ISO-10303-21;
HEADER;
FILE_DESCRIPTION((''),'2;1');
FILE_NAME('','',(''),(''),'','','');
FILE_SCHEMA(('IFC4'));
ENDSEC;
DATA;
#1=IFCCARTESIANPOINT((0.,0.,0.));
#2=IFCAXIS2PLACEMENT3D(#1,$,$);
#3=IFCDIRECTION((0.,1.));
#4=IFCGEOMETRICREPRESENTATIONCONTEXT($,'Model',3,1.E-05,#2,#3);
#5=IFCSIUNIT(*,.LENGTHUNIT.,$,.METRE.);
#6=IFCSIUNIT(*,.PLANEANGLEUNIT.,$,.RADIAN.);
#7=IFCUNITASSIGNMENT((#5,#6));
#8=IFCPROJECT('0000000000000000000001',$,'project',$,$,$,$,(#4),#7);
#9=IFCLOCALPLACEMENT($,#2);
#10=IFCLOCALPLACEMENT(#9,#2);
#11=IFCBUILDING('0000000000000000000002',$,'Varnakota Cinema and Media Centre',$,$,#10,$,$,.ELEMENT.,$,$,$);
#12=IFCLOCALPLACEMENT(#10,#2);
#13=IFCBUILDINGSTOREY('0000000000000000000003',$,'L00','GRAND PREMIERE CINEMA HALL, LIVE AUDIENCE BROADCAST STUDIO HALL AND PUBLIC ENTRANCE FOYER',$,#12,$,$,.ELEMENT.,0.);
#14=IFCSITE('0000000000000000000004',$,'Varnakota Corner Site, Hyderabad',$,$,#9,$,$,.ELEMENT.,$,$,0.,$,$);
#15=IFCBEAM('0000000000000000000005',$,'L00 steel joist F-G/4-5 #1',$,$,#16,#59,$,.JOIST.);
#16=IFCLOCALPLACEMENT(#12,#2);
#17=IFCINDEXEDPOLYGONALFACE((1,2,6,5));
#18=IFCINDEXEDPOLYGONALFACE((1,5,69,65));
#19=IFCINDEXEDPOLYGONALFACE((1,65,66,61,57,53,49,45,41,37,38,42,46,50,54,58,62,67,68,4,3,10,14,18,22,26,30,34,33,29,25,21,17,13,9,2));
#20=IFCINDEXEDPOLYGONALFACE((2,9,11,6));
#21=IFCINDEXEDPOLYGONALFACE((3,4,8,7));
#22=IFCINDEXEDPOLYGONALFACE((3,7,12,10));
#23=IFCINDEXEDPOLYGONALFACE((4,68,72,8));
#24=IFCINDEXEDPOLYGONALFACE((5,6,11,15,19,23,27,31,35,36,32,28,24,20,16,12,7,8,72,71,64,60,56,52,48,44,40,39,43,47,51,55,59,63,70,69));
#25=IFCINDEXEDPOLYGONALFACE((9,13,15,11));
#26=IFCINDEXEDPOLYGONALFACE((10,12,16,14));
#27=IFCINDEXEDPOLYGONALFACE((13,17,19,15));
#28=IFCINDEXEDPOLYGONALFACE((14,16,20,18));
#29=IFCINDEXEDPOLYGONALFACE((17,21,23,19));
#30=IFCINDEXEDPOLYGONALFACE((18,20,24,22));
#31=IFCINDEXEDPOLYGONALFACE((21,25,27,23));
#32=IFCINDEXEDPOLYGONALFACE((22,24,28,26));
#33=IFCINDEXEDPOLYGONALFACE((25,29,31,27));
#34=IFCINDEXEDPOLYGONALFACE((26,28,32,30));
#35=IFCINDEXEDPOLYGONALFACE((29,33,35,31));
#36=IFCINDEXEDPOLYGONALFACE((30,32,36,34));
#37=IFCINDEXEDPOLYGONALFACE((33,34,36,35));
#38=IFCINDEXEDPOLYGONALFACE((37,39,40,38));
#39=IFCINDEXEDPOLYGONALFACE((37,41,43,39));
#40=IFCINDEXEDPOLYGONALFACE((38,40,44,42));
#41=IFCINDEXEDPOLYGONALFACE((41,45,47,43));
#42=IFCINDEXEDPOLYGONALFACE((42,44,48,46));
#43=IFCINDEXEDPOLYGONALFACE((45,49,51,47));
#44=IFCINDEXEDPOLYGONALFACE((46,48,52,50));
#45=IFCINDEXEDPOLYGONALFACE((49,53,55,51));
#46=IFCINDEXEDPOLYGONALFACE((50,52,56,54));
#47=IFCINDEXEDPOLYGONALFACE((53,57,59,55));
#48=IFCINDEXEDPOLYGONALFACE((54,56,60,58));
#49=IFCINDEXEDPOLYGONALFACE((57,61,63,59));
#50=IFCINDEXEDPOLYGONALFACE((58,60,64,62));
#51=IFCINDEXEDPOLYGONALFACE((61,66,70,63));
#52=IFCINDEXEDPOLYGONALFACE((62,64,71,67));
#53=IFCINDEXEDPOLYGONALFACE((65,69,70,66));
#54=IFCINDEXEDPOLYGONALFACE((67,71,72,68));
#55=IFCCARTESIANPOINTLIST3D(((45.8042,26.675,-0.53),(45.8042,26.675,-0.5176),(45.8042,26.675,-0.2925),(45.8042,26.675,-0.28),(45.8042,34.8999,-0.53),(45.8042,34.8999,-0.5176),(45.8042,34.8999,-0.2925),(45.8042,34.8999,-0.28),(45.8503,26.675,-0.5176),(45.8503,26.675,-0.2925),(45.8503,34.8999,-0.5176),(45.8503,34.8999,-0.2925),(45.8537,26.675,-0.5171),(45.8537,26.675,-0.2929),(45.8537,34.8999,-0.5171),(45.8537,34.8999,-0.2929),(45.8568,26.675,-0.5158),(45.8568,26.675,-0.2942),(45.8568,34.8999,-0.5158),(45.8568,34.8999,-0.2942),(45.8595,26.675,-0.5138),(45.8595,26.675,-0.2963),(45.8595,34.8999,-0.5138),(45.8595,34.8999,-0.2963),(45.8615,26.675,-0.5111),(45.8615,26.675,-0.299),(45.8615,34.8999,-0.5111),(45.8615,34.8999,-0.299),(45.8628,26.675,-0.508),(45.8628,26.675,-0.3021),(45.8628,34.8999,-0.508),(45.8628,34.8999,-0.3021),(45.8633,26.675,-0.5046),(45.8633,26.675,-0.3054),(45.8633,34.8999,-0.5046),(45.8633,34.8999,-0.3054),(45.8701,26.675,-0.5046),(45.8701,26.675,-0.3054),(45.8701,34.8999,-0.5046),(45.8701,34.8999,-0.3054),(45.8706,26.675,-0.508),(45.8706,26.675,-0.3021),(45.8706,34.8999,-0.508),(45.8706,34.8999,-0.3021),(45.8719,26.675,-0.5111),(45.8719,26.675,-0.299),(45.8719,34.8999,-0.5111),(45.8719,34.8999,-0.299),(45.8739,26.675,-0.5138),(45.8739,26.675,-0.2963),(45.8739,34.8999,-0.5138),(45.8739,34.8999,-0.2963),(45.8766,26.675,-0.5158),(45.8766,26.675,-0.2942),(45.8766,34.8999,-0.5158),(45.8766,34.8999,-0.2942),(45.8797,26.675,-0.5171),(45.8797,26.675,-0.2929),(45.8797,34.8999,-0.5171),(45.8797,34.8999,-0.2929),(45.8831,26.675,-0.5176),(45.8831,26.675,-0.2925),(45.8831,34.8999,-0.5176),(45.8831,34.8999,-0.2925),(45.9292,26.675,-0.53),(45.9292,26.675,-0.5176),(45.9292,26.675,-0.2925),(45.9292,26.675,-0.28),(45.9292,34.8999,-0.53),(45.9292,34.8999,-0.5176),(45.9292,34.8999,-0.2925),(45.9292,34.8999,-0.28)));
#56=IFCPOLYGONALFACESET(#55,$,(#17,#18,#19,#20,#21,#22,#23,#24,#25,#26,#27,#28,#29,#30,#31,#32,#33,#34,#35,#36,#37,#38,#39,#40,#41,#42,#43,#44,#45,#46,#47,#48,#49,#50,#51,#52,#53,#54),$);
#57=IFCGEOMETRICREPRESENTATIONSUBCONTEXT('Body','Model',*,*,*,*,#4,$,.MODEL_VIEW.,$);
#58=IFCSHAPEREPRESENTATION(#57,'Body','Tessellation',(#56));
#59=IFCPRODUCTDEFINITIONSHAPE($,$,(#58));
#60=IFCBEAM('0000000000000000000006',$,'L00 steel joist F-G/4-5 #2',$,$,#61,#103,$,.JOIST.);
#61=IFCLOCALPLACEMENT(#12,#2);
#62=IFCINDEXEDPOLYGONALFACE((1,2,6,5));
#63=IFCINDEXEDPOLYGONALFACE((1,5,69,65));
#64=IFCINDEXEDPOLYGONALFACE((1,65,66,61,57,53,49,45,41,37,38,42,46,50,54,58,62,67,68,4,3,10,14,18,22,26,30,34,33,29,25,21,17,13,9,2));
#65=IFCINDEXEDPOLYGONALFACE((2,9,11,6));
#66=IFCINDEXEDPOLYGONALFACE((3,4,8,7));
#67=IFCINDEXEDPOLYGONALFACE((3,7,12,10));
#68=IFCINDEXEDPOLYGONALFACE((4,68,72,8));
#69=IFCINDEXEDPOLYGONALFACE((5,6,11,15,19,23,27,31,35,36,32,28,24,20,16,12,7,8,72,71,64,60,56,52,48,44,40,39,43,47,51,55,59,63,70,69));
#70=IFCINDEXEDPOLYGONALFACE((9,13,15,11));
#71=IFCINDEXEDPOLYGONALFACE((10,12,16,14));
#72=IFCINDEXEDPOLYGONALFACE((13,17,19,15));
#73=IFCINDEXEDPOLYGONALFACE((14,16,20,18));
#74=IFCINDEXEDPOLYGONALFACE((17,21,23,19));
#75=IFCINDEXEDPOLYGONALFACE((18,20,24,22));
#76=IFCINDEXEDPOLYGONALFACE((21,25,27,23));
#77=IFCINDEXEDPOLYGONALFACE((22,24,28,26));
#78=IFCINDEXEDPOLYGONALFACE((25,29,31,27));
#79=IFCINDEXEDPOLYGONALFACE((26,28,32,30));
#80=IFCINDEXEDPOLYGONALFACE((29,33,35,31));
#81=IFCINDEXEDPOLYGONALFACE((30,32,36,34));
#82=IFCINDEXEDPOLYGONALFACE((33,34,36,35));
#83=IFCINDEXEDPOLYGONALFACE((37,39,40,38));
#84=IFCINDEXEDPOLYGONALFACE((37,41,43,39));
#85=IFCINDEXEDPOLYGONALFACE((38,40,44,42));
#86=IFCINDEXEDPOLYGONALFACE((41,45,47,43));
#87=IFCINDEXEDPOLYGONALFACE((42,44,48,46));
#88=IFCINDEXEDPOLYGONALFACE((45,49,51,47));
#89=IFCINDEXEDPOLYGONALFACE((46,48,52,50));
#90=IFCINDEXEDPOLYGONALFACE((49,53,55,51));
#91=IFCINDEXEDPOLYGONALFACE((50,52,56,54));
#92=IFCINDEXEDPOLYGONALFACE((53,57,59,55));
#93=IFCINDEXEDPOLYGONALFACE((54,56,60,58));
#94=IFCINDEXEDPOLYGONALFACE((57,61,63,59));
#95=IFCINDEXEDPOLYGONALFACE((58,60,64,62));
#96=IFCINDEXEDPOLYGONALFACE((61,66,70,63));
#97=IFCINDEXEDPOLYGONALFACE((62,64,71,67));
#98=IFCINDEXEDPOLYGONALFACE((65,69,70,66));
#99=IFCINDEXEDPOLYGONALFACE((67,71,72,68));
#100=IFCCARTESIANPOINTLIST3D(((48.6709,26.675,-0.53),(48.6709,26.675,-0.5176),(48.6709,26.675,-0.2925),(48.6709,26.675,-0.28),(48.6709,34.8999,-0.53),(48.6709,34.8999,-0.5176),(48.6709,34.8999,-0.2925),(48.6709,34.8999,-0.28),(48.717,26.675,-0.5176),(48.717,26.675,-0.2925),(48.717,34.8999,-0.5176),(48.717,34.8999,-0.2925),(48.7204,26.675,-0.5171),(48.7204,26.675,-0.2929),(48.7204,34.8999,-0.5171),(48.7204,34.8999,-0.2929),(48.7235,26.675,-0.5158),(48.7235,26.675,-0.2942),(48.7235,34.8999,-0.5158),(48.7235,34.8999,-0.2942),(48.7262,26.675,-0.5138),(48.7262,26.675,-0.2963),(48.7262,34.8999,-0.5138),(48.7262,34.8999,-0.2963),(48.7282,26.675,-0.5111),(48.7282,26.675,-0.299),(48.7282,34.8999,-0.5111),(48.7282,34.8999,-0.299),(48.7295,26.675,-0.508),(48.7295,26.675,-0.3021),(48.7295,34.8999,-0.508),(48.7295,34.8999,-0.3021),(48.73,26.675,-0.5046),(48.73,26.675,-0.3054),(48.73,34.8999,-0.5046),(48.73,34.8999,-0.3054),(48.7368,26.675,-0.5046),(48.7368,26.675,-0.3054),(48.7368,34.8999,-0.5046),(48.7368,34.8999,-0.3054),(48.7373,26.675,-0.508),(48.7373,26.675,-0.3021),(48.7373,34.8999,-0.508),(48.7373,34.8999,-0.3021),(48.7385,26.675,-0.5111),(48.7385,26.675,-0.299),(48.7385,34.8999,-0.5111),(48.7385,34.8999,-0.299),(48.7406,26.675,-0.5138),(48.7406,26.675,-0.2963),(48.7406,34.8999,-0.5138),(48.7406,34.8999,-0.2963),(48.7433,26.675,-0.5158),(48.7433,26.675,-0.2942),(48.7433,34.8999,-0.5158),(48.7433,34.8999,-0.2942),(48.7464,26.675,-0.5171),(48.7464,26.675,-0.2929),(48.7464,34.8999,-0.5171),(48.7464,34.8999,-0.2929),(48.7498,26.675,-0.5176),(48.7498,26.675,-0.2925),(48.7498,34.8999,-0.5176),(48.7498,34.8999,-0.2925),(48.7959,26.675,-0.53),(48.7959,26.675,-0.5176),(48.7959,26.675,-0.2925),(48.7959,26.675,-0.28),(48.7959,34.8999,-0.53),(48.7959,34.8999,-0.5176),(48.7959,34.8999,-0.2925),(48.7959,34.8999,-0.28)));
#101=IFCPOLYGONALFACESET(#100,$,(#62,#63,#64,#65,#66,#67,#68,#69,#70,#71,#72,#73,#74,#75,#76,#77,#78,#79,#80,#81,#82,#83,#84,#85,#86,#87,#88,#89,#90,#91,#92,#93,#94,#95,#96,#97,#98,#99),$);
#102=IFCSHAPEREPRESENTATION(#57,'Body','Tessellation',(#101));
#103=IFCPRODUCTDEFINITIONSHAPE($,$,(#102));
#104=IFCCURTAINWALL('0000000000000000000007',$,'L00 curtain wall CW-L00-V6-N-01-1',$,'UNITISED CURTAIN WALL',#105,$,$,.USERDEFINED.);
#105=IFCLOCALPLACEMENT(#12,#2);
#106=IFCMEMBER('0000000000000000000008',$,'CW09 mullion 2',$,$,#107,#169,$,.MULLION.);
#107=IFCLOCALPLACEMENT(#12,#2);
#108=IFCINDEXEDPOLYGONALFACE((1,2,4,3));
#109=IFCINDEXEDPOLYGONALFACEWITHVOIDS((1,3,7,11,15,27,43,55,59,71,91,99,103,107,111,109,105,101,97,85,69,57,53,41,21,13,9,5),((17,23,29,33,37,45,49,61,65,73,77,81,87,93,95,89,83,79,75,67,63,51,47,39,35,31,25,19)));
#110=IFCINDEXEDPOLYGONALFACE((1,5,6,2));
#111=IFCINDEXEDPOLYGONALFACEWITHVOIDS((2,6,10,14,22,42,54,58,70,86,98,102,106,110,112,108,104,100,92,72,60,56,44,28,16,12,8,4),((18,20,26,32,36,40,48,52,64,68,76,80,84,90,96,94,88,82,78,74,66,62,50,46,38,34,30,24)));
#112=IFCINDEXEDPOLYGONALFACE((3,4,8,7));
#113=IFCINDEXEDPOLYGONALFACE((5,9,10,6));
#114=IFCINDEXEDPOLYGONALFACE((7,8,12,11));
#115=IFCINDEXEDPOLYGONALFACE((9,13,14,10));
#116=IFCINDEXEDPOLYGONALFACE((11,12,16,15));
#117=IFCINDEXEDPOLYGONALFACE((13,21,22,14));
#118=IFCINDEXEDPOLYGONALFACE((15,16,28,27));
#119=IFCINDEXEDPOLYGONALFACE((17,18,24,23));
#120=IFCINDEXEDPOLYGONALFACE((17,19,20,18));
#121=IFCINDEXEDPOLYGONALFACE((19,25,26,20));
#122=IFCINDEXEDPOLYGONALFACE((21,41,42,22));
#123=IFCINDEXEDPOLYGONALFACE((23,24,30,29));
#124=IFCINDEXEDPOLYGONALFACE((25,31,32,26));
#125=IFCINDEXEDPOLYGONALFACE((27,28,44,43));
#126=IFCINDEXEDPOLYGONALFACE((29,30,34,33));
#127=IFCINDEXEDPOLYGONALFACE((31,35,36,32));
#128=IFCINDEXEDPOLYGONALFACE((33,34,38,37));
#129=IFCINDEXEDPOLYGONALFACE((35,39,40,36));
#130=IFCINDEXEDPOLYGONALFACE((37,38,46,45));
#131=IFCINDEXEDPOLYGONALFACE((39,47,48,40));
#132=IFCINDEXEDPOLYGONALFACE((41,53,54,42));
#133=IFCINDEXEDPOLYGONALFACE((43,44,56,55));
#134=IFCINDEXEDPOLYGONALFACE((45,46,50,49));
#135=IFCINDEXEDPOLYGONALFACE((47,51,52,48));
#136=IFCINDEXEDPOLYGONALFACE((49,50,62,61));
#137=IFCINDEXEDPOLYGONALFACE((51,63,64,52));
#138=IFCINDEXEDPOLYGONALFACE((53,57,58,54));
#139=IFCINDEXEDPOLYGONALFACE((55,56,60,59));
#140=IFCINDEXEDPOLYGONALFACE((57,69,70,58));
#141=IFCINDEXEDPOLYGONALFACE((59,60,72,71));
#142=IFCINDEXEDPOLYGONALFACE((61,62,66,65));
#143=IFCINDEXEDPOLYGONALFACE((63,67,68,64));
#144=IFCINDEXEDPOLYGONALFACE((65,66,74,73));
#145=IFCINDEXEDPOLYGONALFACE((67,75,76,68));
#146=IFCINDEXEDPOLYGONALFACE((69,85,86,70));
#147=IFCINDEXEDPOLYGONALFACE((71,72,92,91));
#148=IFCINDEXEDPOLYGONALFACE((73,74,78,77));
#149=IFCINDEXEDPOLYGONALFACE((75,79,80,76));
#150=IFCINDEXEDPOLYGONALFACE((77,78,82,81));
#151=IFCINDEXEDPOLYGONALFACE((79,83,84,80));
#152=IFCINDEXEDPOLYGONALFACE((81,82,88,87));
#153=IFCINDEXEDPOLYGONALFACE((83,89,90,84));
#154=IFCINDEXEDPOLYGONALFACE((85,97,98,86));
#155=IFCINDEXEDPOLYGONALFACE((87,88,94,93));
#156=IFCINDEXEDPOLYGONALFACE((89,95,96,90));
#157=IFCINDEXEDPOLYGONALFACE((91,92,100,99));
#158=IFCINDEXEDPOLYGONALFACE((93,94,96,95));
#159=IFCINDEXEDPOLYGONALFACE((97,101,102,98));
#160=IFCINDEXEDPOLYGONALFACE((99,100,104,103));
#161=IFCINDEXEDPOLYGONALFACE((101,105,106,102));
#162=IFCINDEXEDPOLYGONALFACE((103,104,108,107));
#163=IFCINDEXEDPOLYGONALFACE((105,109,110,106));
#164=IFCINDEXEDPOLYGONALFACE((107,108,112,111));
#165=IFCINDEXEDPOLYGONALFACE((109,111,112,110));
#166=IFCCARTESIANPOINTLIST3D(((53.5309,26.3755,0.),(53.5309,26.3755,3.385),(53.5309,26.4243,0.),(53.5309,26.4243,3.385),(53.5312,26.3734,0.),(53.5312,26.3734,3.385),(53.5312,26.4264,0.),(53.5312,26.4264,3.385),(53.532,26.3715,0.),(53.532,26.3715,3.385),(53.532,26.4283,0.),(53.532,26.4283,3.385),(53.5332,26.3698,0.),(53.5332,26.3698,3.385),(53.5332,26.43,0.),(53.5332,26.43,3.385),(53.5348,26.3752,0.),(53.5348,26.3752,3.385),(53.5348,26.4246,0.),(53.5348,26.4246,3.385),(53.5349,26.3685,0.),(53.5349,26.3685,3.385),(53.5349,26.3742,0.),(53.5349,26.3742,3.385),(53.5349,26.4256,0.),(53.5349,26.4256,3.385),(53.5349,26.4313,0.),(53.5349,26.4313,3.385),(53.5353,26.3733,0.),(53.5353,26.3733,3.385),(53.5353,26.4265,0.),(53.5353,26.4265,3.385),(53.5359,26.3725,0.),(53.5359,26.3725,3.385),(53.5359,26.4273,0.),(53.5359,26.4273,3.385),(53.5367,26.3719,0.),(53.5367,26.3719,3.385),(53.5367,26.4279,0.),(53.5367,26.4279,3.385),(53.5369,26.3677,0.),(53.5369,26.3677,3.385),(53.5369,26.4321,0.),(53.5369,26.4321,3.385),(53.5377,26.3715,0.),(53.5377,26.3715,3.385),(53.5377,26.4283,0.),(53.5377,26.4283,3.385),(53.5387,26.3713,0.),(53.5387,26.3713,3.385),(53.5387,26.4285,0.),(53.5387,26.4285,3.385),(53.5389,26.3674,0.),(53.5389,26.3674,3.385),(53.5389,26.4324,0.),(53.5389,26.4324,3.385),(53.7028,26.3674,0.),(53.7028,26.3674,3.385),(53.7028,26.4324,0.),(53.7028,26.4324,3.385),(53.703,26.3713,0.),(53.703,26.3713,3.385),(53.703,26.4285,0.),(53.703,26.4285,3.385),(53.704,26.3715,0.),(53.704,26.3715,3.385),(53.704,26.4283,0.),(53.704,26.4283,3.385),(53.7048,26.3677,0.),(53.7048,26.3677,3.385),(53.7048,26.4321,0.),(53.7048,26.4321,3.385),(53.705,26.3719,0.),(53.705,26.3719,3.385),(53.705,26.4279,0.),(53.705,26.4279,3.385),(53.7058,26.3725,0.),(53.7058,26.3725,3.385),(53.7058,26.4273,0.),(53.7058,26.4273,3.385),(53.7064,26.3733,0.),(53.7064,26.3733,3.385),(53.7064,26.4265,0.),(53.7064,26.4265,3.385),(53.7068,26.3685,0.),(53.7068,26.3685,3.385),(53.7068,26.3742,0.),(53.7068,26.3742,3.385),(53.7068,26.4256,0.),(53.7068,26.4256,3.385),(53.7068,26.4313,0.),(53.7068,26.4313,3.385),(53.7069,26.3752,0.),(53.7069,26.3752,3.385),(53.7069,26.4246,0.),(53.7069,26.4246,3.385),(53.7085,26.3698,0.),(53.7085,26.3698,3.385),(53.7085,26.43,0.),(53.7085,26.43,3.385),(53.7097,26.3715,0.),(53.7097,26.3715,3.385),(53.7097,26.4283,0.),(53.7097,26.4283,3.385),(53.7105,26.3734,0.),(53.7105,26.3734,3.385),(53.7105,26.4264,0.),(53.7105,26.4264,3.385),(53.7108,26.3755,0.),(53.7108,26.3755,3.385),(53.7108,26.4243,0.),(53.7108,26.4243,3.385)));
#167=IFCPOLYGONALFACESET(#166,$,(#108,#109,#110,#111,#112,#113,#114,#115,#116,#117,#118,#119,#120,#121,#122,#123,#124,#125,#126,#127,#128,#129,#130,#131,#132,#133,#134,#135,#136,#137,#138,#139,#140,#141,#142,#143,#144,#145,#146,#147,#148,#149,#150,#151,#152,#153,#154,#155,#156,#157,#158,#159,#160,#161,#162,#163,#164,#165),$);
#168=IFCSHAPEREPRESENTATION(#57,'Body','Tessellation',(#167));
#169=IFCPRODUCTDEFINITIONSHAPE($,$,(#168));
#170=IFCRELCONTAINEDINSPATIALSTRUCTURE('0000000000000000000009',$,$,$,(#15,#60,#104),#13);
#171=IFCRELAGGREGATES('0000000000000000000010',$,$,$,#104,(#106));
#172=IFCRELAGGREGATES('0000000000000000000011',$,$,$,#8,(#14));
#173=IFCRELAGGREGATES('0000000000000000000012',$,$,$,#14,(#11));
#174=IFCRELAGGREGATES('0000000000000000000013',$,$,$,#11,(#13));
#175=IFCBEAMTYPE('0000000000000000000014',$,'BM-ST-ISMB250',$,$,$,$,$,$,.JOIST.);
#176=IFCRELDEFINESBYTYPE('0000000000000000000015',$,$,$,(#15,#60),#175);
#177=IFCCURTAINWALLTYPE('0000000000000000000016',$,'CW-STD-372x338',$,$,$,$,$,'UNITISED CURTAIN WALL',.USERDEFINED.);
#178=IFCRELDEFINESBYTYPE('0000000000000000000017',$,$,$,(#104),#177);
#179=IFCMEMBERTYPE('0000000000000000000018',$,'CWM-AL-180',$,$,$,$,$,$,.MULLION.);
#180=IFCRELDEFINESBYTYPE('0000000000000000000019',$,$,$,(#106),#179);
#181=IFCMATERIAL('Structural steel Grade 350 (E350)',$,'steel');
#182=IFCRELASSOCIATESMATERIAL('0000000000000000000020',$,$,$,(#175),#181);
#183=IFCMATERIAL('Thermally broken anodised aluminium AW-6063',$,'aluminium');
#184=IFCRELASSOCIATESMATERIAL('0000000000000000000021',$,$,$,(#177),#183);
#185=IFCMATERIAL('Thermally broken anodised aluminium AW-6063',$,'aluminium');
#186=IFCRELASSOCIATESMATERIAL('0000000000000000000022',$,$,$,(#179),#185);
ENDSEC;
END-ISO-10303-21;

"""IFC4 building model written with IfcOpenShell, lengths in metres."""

from ifc_helpers import new_model, si_unit, direction, frame, origin, origin_2d, place, context, subcontext, project, spatial, hollow_rectangle, i_section, extrude, material, material_profile, profile_set, type_object, element, aggregate, save


model = new_model("IFC4")

# Units and contexts
model_context = context("Model", 3, precision=1e-05, world=origin(), true_north=direction((0.0, 1.0)))
body_context = subcontext(model_context, "Body", "Model", "MODEL_VIEW")
ifc_project = project(units=[si_unit("LENGTHUNIT", "METRE"), si_unit("PLANEANGLEUNIT", "RADIAN")], contexts=[model_context])

# Site, building, storey
site_placement = place(None, origin())
site = spatial("IfcSite", under=ifc_project, at=site_placement, Name="Varnakota Corner Site, Hyderabad", CompositionType="ELEMENT", RefElevation=0.0)
building_placement = place(site_placement, origin())
building = spatial("IfcBuilding", under=site, at=building_placement, Name="Varnakota Cinema and Media Centre", CompositionType="ELEMENT")
storey_placement = place(building_placement, origin())
storey = spatial("IfcBuildingStorey", under=building, at=storey_placement, Name="L00", Description="GRAND PREMIERE CINEMA HALL, LIVE AUDIENCE BROADCAST STUDIO HALL AND PUBLIC ENTRANCE FOYER", CompositionType="ELEMENT", Elevation=0.0)

# Beams
ifc_material_1 = material(Name="Structural steel Grade 350 (E350)", Category="steel")
ifc_material_profile_1 = material_profile(ifc_material_1, i_section(OverallWidth=0.125, OverallDepth=0.25, WebThickness=0.0068, FlangeThickness=0.0125, FilletRadius=0.0129, at=origin_2d()), Name="ISMB 250")
ifc_profile_set_1 = profile_set([ifc_material_profile_1], Name="Structural steel Grade 350 (E350)")
beam_type = type_object("IfcBeamType", Name="BM-ST-ISMB250", PredefinedType="JOIST", material=ifc_profile_set_1)
for number, where, z_axis, x_axis, name in (
    (1, (45.8667, 26.675, -0.405), (0.0, 1.0, 0.0), (-1.0, 0.0, 0.0), "L00 steel joist F-G/4-5 #1"),
    (2, (48.7334, 26.675, -0.405), (0.0, 1.0, 0.0), (-1.0, 0.0, 0.0), "L00 steel joist F-G/4-5 #2"),
):
    element("IfcBeam", number, at=place(storey_placement, frame(where, z_axis=z_axis, x_axis=x_axis)), inside=storey, type_object=beam_type, Name=name, PredefinedType="JOIST", context=body_context, shape_type="SweptSolid", body=[
        extrude(i_section(OverallWidth=0.125, OverallDepth=0.25, WebThickness=0.0068, FlangeThickness=0.0125, FilletRadius=0.0129, at=origin_2d()), origin(), (0.0, 0.0, 1.0), 8.2249),
    ])

# Curtain wall, member
ifc_material_2 = material(Name="Thermally broken anodised aluminium AW-6063", Category="aluminium")
curtain_wall_type_1 = type_object("IfcCurtainWallType", Name="CW-STD-372x338", ElementType="UNITISED CURTAIN WALL", PredefinedType="USERDEFINED", material=ifc_material_2)
curtain_wall_1_placement = place(storey_placement, origin())
curtain_wall_1 = element("IfcCurtainWall", 3, at=curtain_wall_1_placement, inside=storey, type_object=curtain_wall_type_1, Name="L00 curtain wall CW-L00-V6-N-01-1", ObjectType="UNITISED CURTAIN WALL", PredefinedType="USERDEFINED")
ifc_material_3 = material(Name="Thermally broken anodised aluminium AW-6063", Category="aluminium")
ifc_material_profile_2 = material_profile(ifc_material_3, hollow_rectangle(XDim=0.0649, YDim=0.1799, WallThickness=0.0039, InnerFilletRadius=0.0039, OuterFilletRadius=0.0081, at=origin_2d()), Name="AL-MULLION 180x65x4")
ifc_profile_set_2 = profile_set([ifc_material_profile_2], Name="Thermally broken anodised aluminium AW-6063")
member_type_1 = type_object("IfcMemberType", Name="CWM-AL-180", PredefinedType="MULLION", material=ifc_profile_set_2)
member_1_placement = place(storey_placement, frame((53.6208, 26.3999, 0.0), z_axis=(0.0, 0.0, 1.0), x_axis=(0.0, 1.0, 0.0)))
member_1 = element("IfcMember", 4, at=member_1_placement, type_object=member_type_1, Name="CW09 mullion 2", PredefinedType="MULLION", context=body_context, shape_type="SweptSolid", body=[
    extrude(hollow_rectangle(XDim=0.0649, YDim=0.1799, WallThickness=0.0039, InnerFilletRadius=0.0039, OuterFilletRadius=0.0081, at=origin_2d()), origin(), (0.0, 0.0, 1.0), 3.385),
])

aggregate(curtain_wall_1, [member_1])

save(model, "model.ifc")
